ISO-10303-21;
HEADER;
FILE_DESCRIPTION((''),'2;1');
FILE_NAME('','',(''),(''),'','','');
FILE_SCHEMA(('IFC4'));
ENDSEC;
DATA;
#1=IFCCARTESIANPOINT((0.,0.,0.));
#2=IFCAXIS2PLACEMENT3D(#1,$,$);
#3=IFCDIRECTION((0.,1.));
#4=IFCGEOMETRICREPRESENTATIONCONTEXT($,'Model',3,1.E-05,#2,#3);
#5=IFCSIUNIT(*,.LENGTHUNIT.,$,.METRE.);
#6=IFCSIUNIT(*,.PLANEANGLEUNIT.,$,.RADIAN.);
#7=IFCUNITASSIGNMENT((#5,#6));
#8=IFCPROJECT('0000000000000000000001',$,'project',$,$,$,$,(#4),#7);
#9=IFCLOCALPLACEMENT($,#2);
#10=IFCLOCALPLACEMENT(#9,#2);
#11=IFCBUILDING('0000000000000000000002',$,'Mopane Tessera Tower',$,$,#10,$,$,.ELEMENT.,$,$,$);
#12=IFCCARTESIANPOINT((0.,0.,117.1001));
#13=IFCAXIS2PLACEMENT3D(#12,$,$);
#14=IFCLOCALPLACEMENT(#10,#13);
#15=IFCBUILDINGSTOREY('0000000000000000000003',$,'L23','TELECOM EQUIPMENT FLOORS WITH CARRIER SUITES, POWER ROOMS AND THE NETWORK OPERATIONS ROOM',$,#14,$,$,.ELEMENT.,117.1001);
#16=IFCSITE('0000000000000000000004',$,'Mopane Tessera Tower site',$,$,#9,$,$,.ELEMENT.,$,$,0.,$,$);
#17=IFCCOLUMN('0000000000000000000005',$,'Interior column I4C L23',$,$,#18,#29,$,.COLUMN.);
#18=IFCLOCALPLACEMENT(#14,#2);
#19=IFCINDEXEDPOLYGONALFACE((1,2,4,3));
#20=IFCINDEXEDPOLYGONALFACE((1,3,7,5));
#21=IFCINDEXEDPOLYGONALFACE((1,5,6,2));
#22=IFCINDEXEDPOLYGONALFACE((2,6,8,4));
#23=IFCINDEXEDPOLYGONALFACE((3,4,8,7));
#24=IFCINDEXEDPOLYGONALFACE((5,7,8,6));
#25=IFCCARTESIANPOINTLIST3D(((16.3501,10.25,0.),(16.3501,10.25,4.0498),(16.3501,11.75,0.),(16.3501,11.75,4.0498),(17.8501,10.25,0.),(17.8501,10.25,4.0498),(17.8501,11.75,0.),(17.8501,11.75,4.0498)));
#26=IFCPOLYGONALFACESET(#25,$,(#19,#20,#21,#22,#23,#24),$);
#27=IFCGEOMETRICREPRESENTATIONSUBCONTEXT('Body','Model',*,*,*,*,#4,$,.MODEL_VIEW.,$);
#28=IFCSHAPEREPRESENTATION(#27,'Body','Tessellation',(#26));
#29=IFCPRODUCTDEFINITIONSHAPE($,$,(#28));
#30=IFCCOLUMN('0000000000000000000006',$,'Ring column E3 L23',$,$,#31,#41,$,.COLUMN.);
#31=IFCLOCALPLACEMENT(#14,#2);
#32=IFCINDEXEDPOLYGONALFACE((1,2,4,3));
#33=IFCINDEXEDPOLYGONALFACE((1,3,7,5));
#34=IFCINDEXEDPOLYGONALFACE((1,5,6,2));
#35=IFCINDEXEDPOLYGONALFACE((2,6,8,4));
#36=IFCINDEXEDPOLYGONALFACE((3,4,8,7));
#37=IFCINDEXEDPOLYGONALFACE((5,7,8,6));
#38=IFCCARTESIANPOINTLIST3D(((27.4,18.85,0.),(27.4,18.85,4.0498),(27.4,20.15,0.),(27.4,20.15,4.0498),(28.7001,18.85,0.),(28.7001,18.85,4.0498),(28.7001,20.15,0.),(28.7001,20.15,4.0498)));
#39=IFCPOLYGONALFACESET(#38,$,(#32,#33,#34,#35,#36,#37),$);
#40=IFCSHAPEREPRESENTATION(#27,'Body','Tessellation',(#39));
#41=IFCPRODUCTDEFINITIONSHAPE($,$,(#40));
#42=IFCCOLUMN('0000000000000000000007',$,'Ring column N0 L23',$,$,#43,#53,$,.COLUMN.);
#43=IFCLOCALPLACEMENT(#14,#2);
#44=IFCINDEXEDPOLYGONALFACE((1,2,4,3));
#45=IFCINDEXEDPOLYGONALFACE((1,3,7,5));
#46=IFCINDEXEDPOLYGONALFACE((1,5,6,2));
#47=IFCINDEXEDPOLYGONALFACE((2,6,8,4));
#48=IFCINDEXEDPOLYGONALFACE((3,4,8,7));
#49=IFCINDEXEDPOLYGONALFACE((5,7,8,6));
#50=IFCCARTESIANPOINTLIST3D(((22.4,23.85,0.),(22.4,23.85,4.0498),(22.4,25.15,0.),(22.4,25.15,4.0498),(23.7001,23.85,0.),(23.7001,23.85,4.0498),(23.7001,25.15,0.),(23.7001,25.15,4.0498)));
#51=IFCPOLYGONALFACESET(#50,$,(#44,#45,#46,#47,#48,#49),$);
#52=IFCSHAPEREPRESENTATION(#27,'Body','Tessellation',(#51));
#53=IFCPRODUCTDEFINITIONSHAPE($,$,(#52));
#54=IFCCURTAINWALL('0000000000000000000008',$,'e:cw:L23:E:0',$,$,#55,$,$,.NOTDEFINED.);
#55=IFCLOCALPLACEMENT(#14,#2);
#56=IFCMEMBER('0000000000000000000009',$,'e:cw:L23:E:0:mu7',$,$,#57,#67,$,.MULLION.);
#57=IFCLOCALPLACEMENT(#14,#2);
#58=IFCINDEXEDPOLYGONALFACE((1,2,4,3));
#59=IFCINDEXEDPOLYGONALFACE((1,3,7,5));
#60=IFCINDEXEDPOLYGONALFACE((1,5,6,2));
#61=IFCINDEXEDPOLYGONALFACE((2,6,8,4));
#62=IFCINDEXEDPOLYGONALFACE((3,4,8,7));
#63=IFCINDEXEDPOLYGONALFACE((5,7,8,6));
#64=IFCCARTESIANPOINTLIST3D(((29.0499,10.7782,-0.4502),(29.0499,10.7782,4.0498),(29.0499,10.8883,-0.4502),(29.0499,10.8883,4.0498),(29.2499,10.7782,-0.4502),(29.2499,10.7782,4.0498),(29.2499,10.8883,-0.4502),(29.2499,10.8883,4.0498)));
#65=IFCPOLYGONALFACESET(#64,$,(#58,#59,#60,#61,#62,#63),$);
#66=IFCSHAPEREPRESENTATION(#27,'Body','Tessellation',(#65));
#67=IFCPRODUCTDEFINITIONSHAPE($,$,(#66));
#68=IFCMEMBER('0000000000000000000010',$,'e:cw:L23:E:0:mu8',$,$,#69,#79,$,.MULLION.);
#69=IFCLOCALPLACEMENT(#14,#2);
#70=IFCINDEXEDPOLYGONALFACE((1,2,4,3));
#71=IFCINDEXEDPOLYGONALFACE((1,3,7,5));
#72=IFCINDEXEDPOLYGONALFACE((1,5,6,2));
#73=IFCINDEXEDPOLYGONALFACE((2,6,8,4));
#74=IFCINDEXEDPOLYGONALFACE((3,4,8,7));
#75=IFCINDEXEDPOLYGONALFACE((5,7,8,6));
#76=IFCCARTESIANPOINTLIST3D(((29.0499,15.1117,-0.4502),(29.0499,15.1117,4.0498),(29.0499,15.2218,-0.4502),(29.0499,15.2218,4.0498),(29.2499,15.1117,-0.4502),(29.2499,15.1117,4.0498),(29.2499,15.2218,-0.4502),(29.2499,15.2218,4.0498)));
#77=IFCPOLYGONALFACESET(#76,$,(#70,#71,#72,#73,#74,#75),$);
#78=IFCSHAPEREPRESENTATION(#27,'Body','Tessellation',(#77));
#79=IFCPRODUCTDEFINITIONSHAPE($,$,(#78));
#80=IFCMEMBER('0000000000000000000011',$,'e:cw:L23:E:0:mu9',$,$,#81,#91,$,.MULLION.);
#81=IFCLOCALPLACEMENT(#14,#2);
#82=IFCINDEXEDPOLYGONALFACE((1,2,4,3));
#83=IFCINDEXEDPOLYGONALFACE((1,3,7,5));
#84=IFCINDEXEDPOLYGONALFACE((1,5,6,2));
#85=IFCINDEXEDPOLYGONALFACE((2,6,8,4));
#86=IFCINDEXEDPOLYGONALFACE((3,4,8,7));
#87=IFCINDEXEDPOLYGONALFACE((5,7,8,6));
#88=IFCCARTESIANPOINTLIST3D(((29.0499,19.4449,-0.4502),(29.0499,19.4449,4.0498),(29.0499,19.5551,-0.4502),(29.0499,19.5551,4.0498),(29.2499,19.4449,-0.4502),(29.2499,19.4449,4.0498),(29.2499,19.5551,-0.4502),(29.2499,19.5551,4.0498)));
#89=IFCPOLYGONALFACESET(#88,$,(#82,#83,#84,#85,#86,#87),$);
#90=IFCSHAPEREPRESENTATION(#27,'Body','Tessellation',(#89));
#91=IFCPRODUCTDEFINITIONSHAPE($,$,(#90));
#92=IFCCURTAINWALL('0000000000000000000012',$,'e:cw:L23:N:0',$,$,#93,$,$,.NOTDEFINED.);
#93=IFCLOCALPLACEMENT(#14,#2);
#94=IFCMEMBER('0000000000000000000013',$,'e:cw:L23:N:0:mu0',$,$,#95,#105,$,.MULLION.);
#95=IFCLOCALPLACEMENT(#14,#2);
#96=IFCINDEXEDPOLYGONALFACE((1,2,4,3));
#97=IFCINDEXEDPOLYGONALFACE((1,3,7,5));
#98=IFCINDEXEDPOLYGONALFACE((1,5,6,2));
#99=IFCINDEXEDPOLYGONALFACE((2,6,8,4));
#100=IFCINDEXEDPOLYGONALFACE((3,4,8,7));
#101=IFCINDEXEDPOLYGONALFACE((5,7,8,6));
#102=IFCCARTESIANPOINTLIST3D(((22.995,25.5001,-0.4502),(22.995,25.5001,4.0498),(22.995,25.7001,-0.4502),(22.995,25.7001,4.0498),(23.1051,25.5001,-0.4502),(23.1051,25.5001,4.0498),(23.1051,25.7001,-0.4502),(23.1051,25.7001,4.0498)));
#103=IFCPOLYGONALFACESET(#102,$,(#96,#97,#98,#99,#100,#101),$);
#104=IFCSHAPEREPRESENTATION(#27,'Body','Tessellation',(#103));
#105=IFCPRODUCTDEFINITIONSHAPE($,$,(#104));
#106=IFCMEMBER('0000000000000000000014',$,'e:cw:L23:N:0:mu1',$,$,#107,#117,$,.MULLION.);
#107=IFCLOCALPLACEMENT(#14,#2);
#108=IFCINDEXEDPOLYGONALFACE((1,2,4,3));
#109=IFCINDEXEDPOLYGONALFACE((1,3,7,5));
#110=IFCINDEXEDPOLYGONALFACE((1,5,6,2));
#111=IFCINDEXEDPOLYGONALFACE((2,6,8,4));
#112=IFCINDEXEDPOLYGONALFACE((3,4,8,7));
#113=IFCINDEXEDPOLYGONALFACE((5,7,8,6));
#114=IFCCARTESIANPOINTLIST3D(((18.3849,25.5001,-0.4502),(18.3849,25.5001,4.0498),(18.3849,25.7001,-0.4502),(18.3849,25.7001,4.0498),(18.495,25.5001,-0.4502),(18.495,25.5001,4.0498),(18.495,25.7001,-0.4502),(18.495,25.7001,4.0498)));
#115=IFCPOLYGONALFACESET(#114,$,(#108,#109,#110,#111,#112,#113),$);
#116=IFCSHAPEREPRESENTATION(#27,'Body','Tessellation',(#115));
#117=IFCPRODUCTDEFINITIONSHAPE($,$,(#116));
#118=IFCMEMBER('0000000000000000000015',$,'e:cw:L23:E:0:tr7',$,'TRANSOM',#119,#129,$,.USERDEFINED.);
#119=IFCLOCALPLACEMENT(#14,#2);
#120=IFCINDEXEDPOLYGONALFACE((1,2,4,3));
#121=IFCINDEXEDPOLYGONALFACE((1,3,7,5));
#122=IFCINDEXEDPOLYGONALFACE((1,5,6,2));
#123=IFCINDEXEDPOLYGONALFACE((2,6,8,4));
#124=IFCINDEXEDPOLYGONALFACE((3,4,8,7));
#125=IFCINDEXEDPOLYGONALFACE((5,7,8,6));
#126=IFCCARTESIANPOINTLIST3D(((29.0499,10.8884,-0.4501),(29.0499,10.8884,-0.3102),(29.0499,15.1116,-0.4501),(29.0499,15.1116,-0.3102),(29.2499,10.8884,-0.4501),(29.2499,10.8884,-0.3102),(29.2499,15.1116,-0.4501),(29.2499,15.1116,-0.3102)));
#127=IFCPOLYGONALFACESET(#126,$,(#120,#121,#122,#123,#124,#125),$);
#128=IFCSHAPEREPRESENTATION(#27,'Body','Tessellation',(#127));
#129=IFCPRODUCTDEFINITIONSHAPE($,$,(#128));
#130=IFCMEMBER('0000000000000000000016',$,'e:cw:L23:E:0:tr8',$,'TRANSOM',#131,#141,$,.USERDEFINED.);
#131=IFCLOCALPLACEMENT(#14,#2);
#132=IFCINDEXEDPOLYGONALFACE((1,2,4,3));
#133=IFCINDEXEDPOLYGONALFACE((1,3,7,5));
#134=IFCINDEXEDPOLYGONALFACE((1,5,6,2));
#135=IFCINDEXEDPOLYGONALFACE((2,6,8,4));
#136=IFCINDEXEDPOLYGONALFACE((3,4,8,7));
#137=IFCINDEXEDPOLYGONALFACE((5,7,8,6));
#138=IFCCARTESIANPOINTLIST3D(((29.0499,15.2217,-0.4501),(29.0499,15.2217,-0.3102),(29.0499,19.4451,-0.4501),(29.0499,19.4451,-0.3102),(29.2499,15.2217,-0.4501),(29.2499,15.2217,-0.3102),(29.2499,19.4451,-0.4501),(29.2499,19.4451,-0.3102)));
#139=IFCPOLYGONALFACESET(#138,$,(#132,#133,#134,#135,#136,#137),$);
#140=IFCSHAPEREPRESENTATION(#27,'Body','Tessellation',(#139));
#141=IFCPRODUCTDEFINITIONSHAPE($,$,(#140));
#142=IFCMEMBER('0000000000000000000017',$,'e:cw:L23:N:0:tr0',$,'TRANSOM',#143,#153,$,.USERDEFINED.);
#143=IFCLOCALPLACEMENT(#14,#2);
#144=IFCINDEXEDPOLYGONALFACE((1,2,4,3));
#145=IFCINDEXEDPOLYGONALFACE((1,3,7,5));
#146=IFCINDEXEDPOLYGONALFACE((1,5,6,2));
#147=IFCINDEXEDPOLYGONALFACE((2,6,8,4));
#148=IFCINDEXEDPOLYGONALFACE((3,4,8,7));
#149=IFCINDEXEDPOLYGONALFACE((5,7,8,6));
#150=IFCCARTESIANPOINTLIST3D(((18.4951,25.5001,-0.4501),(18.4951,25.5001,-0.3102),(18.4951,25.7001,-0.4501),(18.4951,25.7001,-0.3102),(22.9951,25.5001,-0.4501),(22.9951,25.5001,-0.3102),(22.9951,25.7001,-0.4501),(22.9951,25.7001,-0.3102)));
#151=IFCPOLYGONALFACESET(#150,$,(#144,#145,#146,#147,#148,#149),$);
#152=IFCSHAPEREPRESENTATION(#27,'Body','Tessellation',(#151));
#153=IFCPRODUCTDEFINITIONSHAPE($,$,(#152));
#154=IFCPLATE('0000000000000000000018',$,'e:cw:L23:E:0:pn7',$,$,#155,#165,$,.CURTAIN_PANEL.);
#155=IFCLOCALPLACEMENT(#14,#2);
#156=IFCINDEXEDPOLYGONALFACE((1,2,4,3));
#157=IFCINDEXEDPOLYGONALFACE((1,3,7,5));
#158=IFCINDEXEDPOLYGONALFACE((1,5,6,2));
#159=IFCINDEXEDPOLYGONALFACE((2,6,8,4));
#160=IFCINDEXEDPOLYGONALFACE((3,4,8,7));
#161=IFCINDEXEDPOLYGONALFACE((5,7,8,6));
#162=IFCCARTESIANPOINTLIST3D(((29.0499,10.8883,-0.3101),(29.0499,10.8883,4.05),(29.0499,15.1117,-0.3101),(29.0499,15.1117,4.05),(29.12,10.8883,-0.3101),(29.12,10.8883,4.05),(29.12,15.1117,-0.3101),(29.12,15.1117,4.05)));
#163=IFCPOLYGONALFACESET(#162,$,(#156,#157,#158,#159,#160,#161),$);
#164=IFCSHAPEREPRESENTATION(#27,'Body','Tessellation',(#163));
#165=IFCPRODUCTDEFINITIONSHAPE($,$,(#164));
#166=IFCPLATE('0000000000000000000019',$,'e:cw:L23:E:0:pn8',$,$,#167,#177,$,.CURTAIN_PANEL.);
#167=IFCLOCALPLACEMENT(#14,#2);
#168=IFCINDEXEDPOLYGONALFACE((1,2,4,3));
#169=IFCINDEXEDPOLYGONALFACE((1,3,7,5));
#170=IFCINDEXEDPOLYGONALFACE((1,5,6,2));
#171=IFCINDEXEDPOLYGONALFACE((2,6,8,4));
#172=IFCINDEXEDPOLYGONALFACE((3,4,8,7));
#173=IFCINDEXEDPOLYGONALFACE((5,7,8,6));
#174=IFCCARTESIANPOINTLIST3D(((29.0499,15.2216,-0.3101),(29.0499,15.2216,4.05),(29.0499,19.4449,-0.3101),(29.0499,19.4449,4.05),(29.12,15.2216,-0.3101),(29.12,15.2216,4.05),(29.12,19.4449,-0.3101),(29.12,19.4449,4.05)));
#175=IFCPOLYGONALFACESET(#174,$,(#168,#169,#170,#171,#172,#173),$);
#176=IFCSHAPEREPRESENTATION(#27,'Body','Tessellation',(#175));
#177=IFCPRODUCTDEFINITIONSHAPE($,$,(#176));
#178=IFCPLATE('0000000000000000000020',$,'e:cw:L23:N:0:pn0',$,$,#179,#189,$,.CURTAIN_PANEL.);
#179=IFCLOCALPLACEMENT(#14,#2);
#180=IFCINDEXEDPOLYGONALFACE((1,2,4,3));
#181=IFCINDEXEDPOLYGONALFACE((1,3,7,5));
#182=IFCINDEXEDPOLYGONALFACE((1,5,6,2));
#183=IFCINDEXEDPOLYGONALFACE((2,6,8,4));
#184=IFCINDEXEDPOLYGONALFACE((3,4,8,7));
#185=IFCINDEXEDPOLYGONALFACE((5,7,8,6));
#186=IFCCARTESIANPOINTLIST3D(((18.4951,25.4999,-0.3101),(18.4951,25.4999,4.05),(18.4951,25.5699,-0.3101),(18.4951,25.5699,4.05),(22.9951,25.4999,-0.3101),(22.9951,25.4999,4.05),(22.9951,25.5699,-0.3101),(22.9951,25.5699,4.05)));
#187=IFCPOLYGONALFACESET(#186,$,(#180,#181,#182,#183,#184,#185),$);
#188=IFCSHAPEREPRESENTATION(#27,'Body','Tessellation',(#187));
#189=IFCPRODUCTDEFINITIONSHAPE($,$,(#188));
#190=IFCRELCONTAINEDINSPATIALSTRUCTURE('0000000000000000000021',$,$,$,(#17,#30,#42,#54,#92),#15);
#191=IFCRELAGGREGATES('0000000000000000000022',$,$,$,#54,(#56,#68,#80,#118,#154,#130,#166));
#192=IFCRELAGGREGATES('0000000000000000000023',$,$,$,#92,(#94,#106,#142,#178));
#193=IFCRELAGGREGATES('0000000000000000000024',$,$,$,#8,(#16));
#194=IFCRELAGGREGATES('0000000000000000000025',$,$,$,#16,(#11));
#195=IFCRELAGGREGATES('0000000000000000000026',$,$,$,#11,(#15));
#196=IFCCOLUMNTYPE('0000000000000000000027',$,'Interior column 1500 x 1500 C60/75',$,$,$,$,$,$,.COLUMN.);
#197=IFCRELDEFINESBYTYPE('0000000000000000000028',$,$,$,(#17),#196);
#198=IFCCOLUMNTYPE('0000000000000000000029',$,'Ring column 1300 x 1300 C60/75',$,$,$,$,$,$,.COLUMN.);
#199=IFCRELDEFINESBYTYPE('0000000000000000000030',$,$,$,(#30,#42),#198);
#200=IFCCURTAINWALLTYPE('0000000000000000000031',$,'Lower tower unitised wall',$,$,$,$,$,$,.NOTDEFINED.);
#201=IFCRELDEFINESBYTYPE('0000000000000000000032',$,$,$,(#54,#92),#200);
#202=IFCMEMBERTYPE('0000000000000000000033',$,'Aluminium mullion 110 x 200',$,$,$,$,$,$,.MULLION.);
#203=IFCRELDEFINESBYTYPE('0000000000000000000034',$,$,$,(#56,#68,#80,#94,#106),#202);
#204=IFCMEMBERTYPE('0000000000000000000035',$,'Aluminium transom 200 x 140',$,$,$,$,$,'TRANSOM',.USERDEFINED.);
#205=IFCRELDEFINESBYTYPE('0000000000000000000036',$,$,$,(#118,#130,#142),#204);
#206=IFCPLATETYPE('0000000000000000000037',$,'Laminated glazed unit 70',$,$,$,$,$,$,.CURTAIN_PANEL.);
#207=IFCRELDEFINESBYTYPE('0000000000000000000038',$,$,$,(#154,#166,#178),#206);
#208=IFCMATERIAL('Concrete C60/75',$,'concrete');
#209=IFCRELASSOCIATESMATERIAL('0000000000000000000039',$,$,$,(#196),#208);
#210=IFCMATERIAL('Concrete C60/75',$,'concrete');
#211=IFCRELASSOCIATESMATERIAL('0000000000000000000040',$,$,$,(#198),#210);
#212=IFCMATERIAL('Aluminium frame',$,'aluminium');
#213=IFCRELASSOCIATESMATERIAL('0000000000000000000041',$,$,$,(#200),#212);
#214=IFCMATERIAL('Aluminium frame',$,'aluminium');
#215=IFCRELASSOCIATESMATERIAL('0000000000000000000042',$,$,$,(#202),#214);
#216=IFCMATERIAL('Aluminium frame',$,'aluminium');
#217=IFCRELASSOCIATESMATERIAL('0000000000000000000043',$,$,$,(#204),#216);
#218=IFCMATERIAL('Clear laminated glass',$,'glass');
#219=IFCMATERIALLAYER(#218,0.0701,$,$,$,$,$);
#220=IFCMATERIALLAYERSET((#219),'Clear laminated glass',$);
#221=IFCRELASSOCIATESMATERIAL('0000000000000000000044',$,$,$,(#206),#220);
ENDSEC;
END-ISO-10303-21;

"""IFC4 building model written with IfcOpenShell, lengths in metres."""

from ifc_helpers import new_model, si_unit, direction, frame, origin, origin_2d, place, context, subcontext, project, spatial, rectangle, extrude, material, layer, layer_set, material_profile, profile_set, type_object, element, aggregate, save


model = new_model("IFC4")

# Units and contexts
model_context = context("Model", 3, precision=1e-05, world=origin(), true_north=direction((0.0, 1.0)))
body_context = subcontext(model_context, "Body", "Model", "MODEL_VIEW")
ifc_project = project(units=[si_unit("LENGTHUNIT", "METRE"), si_unit("PLANEANGLEUNIT", "RADIAN")], contexts=[model_context])

# Site, building, storey
site_placement = place(None, origin())
site = spatial("IfcSite", under=ifc_project, at=site_placement, Name="Mopane Tessera Tower site", CompositionType="ELEMENT", RefElevation=0.0)
building_placement = place(site_placement, origin())
building = spatial("IfcBuilding", under=site, at=building_placement, Name="Mopane Tessera Tower", CompositionType="ELEMENT")
storey_placement = place(building_placement, frame((0.0, 0.0, 117.1001)))
storey = spatial("IfcBuildingStorey", under=building, at=storey_placement, Name="L23", Description="TELECOM EQUIPMENT FLOORS WITH CARRIER SUITES, POWER ROOMS AND THE NETWORK OPERATIONS ROOM", CompositionType="ELEMENT", Elevation=117.1001)

# Columns
ifc_material_1 = material(Name="Concrete C60/75", Category="concrete")
ifc_material_profile_1 = material_profile(ifc_material_1, rectangle(XDim=1.5, YDim=1.5, at=origin_2d()))
ifc_profile_set_1 = profile_set([ifc_material_profile_1], Name="Concrete C60/75")
column_type_1 = type_object("IfcColumnType", Name="Interior column 1500 x 1500 C60/75", PredefinedType="COLUMN", material=ifc_profile_set_1)
column_placement = place(storey_placement, frame((17.1001, 11.0, 0.0), z_axis=(0.0, 0.0, 1.0), x_axis=(1.0, 0.0, 0.0)))
element("IfcColumn", 1, at=column_placement, inside=storey, type_object=column_type_1, Name="Interior column I4C L23", PredefinedType="COLUMN", context=body_context, shape_type="SweptSolid", body=[
    extrude(rectangle(XDim=1.5, YDim=1.5, at=origin_2d()), origin(), (0.0, 0.0, 1.0), 4.0498),
])
ifc_material_2 = material(Name="Concrete C60/75", Category="concrete")
ifc_material_profile_2 = material_profile(ifc_material_2, rectangle(XDim=1.3, YDim=1.3, at=origin_2d()))
ifc_profile_set_2 = profile_set([ifc_material_profile_2], Name="Concrete C60/75")
column_type_2 = type_object("IfcColumnType", Name="Ring column 1300 x 1300 C60/75", PredefinedType="COLUMN", material=ifc_profile_set_2)
for number, where, z_axis, x_axis, name in (
    (2, (28.05, 19.5, 0.0), (0.0, 0.0, 1.0), (1.0, 0.0, 0.0), "Ring column E3 L23"),
    (3, (23.05, 24.5, 0.0), (0.0, 0.0, 1.0), (1.0, 0.0, 0.0), "Ring column N0 L23"),
):
    element("IfcColumn", number, at=place(storey_placement, frame(where, z_axis=z_axis, x_axis=x_axis)), inside=storey, type_object=column_type_2, Name=name, PredefinedType="COLUMN", context=body_context, shape_type="SweptSolid", body=[
        extrude(rectangle(XDim=1.3, YDim=1.3, at=origin_2d()), origin(), (0.0, 0.0, 1.0), 4.0498),
    ])

# Curtain walls, members
ifc_material_3 = material(Name="Aluminium frame", Category="aluminium")
curtain_wall_type = type_object("IfcCurtainWallType", Name="Lower tower unitised wall", PredefinedType="NOTDEFINED", material=ifc_material_3)
curtain_wall_1_placement = place(storey_placement, origin())
curtain_wall_1 = element("IfcCurtainWall", 4, at=curtain_wall_1_placement, inside=storey, type_object=curtain_wall_type, Name="e:cw:L23:E:0", PredefinedType="NOTDEFINED")
ifc_material_4 = material(Name="Aluminium frame", Category="aluminium")
ifc_material_profile_3 = material_profile(ifc_material_4, rectangle(XDim=0.1101, YDim=0.2, at=origin_2d()))
ifc_profile_set_3 = profile_set([ifc_material_profile_3], Name="Aluminium frame")
member_type_1 = type_object("IfcMemberType", Name="Aluminium mullion 110 x 200", PredefinedType="MULLION", material=ifc_profile_set_3)
member_1_placement = place(storey_placement, frame((29.1499, 10.8333, -0.4502), z_axis=(0.0, 0.0, 1.0), x_axis=(0.0, 1.0, 0.0)))
member_1 = element("IfcMember", 5, at=member_1_placement, type_object=member_type_1, Name="e:cw:L23:E:0:mu7", PredefinedType="MULLION", context=body_context, shape_type="SweptSolid", body=[
    extrude(rectangle(XDim=0.1101, YDim=0.2, at=origin_2d()), origin(), (0.0, 0.0, 1.0), 4.5),
])
member_2_placement = place(storey_placement, frame((29.1499, 15.1667, -0.4502), z_axis=(0.0, 0.0, 1.0), x_axis=(0.0, 1.0, 0.0)))
member_2 = element("IfcMember", 6, at=member_2_placement, type_object=member_type_1, Name="e:cw:L23:E:0:mu8", PredefinedType="MULLION", context=body_context, shape_type="SweptSolid", body=[
    extrude(rectangle(XDim=0.1101, YDim=0.2, at=origin_2d()), origin(), (0.0, 0.0, 1.0), 4.5),
])
member_3_placement = place(storey_placement, frame((29.1499, 19.5, -0.4502), z_axis=(0.0, 0.0, 1.0), x_axis=(0.0, 1.0, 0.0)))
member_3 = element("IfcMember", 7, at=member_3_placement, type_object=member_type_1, Name="e:cw:L23:E:0:mu9", PredefinedType="MULLION", context=body_context, shape_type="SweptSolid", body=[
    extrude(rectangle(XDim=0.1101, YDim=0.2, at=origin_2d()), origin(), (0.0, 0.0, 1.0), 4.5),
])
curtain_wall_2_placement = place(storey_placement, origin())
curtain_wall_2 = element("IfcCurtainWall", 8, at=curtain_wall_2_placement, inside=storey, type_object=curtain_wall_type, Name="e:cw:L23:N:0", PredefinedType="NOTDEFINED")
member_4_placement = place(storey_placement, frame((23.05, 25.6001, -0.4502), z_axis=(0.0, 0.0, 1.0), x_axis=(-1.0, 0.0, 0.0)))
member_4 = element("IfcMember", 9, at=member_4_placement, type_object=member_type_1, Name="e:cw:L23:N:0:mu0", PredefinedType="MULLION", context=body_context, shape_type="SweptSolid", body=[
    extrude(rectangle(XDim=0.1101, YDim=0.2, at=origin_2d()), origin(), (0.0, 0.0, 1.0), 4.5),
])
member_5_placement = place(storey_placement, frame((18.4399, 25.6001, -0.4502), z_axis=(0.0, 0.0, 1.0), x_axis=(-1.0, 0.0, 0.0)))
member_5 = element("IfcMember", 10, at=member_5_placement, type_object=member_type_1, Name="e:cw:L23:N:0:mu1", PredefinedType="MULLION", context=body_context, shape_type="SweptSolid", body=[
    extrude(rectangle(XDim=0.1101, YDim=0.2, at=origin_2d()), origin(), (0.0, 0.0, 1.0), 4.5),
])

# Members
ifc_material_5 = material(Name="Aluminium frame", Category="aluminium")
ifc_material_profile_4 = material_profile(ifc_material_5, rectangle(XDim=0.2, YDim=0.1399, at=origin_2d()))
ifc_profile_set_4 = profile_set([ifc_material_profile_4], Name="Aluminium frame")
member_type_2 = type_object("IfcMemberType", Name="Aluminium transom 200 x 140", ElementType="TRANSOM", PredefinedType="USERDEFINED", material=ifc_profile_set_4)
member_6_placement = place(storey_placement, frame((29.1499, 10.8884, -0.3801), z_axis=(0.0, 1.0, 0.0), x_axis=(-1.0, 0.0, 0.0)))
member_6 = element("IfcMember", 11, at=member_6_placement, type_object=member_type_2, Name="e:cw:L23:E:0:tr7", ObjectType="TRANSOM", PredefinedType="USERDEFINED", context=body_context, shape_type="SweptSolid", body=[
    extrude(rectangle(XDim=0.2, YDim=0.1399, at=origin_2d()), origin(), (0.0, 0.0, 1.0), 4.2231),
])
member_7_placement = place(storey_placement, frame((29.1499, 15.2217, -0.3801), z_axis=(0.0, 1.0, 0.0), x_axis=(-1.0, 0.0, 0.0)))
member_7 = element("IfcMember", 12, at=member_7_placement, type_object=member_type_2, Name="e:cw:L23:E:0:tr8", ObjectType="TRANSOM", PredefinedType="USERDEFINED", context=body_context, shape_type="SweptSolid", body=[
    extrude(rectangle(XDim=0.2, YDim=0.1399, at=origin_2d()), origin(), (0.0, 0.0, 1.0), 4.2234),
])
member_8_placement = place(storey_placement, frame((22.9951, 25.6001, -0.3801), z_axis=(-1.0, 0.0, 0.0), x_axis=(0.0, -1.0, 0.0)))
member_8 = element("IfcMember", 13, at=member_8_placement, type_object=member_type_2, Name="e:cw:L23:N:0:tr0", ObjectType="TRANSOM", PredefinedType="USERDEFINED", context=body_context, shape_type="SweptSolid", body=[
    extrude(rectangle(XDim=0.2, YDim=0.1399, at=origin_2d()), origin(), (0.0, 0.0, 1.0), 4.5),
])

# Plates
ifc_material_6 = material(Name="Clear laminated glass", Category="glass")
ifc_layer_1 = layer(ifc_material_6, 0.0701)
ifc_layer_set_1 = layer_set([ifc_layer_1], Name="Clear laminated glass")
plate_type = type_object("IfcPlateType", Name="Laminated glazed unit 70", PredefinedType="CURTAIN_PANEL", material=ifc_layer_set_1)
plate_1_placement = place(storey_placement, frame((29.085, 13.0, -0.3101), z_axis=(0.0, 0.0, 1.0), x_axis=(0.0, 1.0, 0.0)))
plate_1 = element("IfcPlate", 14, at=plate_1_placement, type_object=plate_type, Name="e:cw:L23:E:0:pn7", PredefinedType="CURTAIN_PANEL", context=body_context, shape_type="SweptSolid", body=[
    extrude(rectangle(XDim=4.2234, YDim=0.0701, at=origin_2d()), origin(), (0.0, 0.0, 1.0), 4.3601),
])
plate_2_placement = place(storey_placement, frame((29.085, 17.3333, -0.3101), z_axis=(0.0, 0.0, 1.0), x_axis=(0.0, 1.0, 0.0)))
plate_2 = element("IfcPlate", 15, at=plate_2_placement, type_object=plate_type, Name="e:cw:L23:E:0:pn8", PredefinedType="CURTAIN_PANEL", context=body_context, shape_type="SweptSolid", body=[
    extrude(rectangle(XDim=4.2234, YDim=0.0701, at=origin_2d()), origin(), (0.0, 0.0, 1.0), 4.3601),
])
aggregate(curtain_wall_1, [member_1, member_2, member_3, member_6, plate_1, member_7, plate_2])
plate_3_placement = place(storey_placement, frame((20.7451, 25.5349, -0.3101), z_axis=(0.0, 0.0, 1.0), x_axis=(-1.0, 0.0, 0.0)))
plate_3 = element("IfcPlate", 16, at=plate_3_placement, type_object=plate_type, Name="e:cw:L23:N:0:pn0", PredefinedType="CURTAIN_PANEL", context=body_context, shape_type="SweptSolid", body=[
    extrude(rectangle(XDim=4.5, YDim=0.0701, at=origin_2d()), origin(), (0.0, 0.0, 1.0), 4.3601),
])
aggregate(curtain_wall_2, [member_4, member_5, member_8, plate_3])

save(model, "model.ifc")
